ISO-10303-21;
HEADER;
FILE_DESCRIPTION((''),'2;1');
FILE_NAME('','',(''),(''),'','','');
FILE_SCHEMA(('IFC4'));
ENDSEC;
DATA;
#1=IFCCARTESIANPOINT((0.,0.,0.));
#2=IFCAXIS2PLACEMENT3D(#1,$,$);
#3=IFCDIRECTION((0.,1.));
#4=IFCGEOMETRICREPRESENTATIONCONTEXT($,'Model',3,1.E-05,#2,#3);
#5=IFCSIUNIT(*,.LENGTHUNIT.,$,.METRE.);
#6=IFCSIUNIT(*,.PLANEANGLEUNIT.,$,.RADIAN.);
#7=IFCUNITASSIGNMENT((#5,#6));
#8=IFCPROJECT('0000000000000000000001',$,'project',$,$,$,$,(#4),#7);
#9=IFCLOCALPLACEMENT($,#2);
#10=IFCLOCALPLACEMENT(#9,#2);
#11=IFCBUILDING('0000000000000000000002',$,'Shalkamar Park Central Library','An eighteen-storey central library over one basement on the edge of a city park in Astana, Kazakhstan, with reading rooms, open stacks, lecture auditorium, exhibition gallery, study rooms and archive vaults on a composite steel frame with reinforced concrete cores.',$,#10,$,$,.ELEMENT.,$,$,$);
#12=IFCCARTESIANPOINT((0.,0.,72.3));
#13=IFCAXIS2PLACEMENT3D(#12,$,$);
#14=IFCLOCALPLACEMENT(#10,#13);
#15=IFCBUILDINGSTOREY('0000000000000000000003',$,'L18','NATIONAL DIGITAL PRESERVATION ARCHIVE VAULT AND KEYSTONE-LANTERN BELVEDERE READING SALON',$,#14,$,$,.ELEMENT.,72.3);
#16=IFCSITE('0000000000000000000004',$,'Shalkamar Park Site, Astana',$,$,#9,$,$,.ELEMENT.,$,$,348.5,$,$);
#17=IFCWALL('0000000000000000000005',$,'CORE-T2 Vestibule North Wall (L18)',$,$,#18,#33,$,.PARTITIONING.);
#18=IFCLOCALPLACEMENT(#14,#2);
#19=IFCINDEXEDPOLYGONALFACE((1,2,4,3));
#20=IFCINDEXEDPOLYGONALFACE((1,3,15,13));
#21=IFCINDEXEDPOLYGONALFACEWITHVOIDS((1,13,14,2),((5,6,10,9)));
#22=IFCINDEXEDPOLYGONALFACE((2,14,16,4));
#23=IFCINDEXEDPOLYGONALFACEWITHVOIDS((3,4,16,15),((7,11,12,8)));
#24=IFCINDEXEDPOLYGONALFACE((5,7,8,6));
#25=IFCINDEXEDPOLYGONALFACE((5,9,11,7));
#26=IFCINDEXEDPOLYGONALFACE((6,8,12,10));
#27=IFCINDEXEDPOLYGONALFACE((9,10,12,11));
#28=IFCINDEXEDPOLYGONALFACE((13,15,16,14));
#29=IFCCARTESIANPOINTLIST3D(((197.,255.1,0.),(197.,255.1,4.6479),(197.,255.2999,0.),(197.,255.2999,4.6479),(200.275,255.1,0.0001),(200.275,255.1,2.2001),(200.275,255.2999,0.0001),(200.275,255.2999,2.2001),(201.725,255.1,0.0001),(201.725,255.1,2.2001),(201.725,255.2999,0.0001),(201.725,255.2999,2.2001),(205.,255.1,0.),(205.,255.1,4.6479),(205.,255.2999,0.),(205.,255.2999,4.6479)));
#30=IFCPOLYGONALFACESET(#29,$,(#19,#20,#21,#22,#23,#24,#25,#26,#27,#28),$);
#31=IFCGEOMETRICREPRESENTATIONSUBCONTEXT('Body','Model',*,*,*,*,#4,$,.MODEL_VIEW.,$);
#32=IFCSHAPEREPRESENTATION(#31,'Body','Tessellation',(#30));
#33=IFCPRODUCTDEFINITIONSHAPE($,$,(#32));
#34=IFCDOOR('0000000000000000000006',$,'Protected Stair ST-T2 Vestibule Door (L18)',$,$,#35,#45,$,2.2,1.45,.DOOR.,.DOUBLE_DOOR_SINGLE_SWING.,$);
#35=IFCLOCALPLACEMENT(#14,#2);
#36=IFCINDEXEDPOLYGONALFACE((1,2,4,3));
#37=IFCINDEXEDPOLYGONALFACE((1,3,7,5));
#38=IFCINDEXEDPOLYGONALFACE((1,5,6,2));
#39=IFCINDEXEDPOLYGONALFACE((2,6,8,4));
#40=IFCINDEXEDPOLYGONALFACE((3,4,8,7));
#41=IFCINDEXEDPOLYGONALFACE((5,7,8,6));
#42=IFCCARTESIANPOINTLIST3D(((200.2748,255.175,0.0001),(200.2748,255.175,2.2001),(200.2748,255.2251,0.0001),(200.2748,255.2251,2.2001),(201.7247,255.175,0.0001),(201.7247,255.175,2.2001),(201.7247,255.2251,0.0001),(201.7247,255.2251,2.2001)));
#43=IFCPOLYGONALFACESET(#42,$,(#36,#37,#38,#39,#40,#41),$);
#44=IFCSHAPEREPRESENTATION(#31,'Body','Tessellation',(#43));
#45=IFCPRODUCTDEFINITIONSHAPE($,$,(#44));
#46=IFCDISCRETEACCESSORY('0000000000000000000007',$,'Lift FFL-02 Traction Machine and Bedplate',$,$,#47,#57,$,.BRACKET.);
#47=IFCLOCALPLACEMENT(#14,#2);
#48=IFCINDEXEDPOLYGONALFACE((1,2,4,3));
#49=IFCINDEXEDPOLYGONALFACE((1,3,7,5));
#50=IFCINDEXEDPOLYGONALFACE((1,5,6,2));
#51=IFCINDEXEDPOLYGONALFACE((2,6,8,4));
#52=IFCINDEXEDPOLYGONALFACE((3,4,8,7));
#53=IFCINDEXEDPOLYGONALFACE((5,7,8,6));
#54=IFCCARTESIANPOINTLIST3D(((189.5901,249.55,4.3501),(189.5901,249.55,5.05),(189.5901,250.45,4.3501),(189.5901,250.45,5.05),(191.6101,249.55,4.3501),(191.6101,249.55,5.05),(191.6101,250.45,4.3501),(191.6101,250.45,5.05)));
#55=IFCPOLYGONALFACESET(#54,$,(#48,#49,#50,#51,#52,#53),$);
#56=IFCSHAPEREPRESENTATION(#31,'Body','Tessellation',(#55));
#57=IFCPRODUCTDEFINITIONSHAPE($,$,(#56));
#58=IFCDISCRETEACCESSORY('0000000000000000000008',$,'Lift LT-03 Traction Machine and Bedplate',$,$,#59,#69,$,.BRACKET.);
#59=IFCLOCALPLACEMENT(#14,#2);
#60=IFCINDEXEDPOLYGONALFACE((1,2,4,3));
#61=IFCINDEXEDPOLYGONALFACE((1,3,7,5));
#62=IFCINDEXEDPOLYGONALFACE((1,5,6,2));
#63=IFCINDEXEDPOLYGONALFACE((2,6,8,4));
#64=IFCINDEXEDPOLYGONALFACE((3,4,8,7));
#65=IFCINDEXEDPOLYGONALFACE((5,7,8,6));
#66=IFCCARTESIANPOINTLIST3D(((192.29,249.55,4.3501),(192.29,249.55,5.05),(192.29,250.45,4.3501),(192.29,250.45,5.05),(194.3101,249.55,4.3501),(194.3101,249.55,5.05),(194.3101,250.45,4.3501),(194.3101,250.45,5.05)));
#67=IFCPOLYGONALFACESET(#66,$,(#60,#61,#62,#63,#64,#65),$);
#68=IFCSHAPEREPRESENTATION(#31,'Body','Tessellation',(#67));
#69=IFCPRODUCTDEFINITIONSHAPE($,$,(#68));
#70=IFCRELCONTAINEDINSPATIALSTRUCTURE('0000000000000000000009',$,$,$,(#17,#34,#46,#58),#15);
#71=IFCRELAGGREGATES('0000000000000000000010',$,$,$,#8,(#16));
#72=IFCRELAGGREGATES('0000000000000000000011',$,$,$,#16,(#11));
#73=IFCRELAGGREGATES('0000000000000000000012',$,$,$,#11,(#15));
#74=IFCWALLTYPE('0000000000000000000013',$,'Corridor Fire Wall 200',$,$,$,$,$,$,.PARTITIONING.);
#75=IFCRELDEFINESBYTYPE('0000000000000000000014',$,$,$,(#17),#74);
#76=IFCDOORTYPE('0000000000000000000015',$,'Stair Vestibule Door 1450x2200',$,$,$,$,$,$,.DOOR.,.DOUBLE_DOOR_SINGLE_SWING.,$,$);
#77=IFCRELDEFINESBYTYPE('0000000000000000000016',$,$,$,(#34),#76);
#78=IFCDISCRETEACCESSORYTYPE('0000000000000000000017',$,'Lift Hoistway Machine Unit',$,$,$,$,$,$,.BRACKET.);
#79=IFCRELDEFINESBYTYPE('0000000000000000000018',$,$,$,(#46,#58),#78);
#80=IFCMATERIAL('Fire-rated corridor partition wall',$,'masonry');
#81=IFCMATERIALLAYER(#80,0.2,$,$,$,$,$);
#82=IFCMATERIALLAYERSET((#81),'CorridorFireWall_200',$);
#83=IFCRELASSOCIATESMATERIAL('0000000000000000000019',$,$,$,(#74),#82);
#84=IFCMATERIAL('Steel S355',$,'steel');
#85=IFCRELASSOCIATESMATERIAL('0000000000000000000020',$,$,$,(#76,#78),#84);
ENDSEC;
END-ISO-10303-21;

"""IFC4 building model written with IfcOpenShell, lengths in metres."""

from ifc_helpers import new_model, si_unit, direction, frame, frame_2d, origin, origin_2d, place, context, subcontext, project, spatial, rectangle, extrude, material, layer, layer_set, type_object, element, fill, save


model = new_model("IFC4")

# Units and contexts
model_context = context("Model", 3, precision=1e-05, world=origin(), true_north=direction((0.0, 1.0)))
body_context = subcontext(model_context, "Body", "Model", "MODEL_VIEW")
ifc_project = project(units=[si_unit("LENGTHUNIT", "METRE"), si_unit("PLANEANGLEUNIT", "RADIAN")], contexts=[model_context])

# Site, building, storey
site_placement = place(None, origin())
site = spatial("IfcSite", under=ifc_project, at=site_placement, Name="Shalkamar Park Site, Astana", CompositionType="ELEMENT", RefElevation=348.5)
building_placement = place(site_placement, origin())
building = spatial("IfcBuilding", under=site, at=building_placement, Name="Shalkamar Park Central Library", Description="An eighteen-storey central library over one basement on the edge of a city park in Astana, Kazakhstan, with reading rooms, open stacks, lecture auditorium, exhibition gallery, study rooms and archive vaults on a composite steel frame with reinforced concrete cores.", CompositionType="ELEMENT")
storey_placement = place(building_placement, frame((0.0, 0.0, 72.3)))
storey = spatial("IfcBuildingStorey", under=building, at=storey_placement, Name="L18", Description="NATIONAL DIGITAL PRESERVATION ARCHIVE VAULT AND KEYSTONE-LANTERN BELVEDERE READING SALON", CompositionType="ELEMENT", Elevation=72.3)

# Shared definitions
ifc_material_1 = material(Name="Steel S355", Category="steel")

# Wall, opening, door
ifc_material_2 = material(Name="Fire-rated corridor partition wall", Category="masonry")
ifc_layer_1 = layer(ifc_material_2, 0.2)
ifc_layer_set_1 = layer_set([ifc_layer_1], Name="CorridorFireWall_200")
wall_type_1 = type_object("IfcWallType", Name="Corridor Fire Wall 200", PredefinedType="PARTITIONING", material=ifc_layer_set_1)
wall_1_placement = place(storey_placement, frame((197.0, 255.2, 0.0), z_axis=(0.0, 0.0, 1.0), x_axis=(1.0, 0.0, 0.0)))
wall_1 = element("IfcWall", 1, at=wall_1_placement, inside=storey, type_object=wall_type_1, Name="CORE-T2 Vestibule North Wall (L18)", PredefinedType="PARTITIONING", context=body_context, shape_type="SweptSolid", body=[
    extrude(rectangle(XDim=8.0, YDim=0.2, at=frame_2d((4.0, 0.0))), origin(), (0.0, 0.0, 1.0), 4.6479),
])
opening_1_placement = place(wall_1_placement, frame((3.2749, 0.0, 0.0)))
opening_1 = element("IfcOpeningElement", 2, at=opening_1_placement, cuts=wall_1, PredefinedType="OPENING", context=body_context, shape_type="SweptSolid", body=[
    extrude(rectangle(XDim=1.45, YDim=2.2, at=frame_2d((0.7251, 1.1001))), frame((0.0, 0.1147, 0.0), z_axis=(0.0, -1.0, 0.0), x_axis=(1.0, 0.0, 0.0)), (0.0, 0.0, 1.0), 0.2297),
])
door_type_1 = type_object("IfcDoorType", Name="Stair Vestibule Door 1450x2200", OperationType="DOUBLE_DOOR_SINGLE_SWING", PredefinedType="DOOR", material=ifc_material_1)
door_1_placement = place(opening_1_placement, frame((1.45, 0.0, 0.0), z_axis=(0.0, 0.0, 1.0), x_axis=(-1.0, 0.0, 0.0)))
door_1 = element("IfcDoor", 3, at=door_1_placement, inside=storey, type_object=door_type_1, Name="Protected Stair ST-T2 Vestibule Door (L18)", OperationType="DOUBLE_DOOR_SINGLE_SWING", OverallHeight=2.2, OverallWidth=1.45, PredefinedType="DOOR", context=body_context, shape_type="SweptSolid", body=[
    extrude(rectangle(XDim=1.45, YDim=2.2, at=frame_2d((0.7251, 1.1001))), frame((0.0, 0.0249, 0.0), z_axis=(0.0, -1.0, 0.0), x_axis=(1.0, 0.0, 0.0)), (0.0, 0.0, 1.0), 0.05),
])
fill(opening_1, door_1)

# Discrete accessories
discrete_accessory_type = type_object("IfcDiscreteAccessoryType", Name="Lift Hoistway Machine Unit", PredefinedType="BRACKET", material=ifc_material_1)
for number, where, z_axis, x_axis, name in (
    (4, (190.6001, 250.0, 4.3501), (0.0, 0.0, 1.0), (1.0, 0.0, 0.0), "Lift FFL-02 Traction Machine and Bedplate"),
    (5, (193.3, 250.0, 4.3501), (0.0, 0.0, 1.0), (1.0, 0.0, 0.0), "Lift LT-03 Traction Machine and Bedplate"),
):
    element("IfcDiscreteAccessory", number, at=place(storey_placement, frame(where, z_axis=z_axis, x_axis=x_axis)), inside=storey, type_object=discrete_accessory_type, Name=name, PredefinedType="BRACKET", context=body_context, shape_type="SweptSolid", body=[
        extrude(rectangle(XDim=2.02, YDim=0.8999, at=origin_2d()), origin(), (0.0, 0.0, 1.0), 0.7),
    ])

save(model, "model.ifc")
